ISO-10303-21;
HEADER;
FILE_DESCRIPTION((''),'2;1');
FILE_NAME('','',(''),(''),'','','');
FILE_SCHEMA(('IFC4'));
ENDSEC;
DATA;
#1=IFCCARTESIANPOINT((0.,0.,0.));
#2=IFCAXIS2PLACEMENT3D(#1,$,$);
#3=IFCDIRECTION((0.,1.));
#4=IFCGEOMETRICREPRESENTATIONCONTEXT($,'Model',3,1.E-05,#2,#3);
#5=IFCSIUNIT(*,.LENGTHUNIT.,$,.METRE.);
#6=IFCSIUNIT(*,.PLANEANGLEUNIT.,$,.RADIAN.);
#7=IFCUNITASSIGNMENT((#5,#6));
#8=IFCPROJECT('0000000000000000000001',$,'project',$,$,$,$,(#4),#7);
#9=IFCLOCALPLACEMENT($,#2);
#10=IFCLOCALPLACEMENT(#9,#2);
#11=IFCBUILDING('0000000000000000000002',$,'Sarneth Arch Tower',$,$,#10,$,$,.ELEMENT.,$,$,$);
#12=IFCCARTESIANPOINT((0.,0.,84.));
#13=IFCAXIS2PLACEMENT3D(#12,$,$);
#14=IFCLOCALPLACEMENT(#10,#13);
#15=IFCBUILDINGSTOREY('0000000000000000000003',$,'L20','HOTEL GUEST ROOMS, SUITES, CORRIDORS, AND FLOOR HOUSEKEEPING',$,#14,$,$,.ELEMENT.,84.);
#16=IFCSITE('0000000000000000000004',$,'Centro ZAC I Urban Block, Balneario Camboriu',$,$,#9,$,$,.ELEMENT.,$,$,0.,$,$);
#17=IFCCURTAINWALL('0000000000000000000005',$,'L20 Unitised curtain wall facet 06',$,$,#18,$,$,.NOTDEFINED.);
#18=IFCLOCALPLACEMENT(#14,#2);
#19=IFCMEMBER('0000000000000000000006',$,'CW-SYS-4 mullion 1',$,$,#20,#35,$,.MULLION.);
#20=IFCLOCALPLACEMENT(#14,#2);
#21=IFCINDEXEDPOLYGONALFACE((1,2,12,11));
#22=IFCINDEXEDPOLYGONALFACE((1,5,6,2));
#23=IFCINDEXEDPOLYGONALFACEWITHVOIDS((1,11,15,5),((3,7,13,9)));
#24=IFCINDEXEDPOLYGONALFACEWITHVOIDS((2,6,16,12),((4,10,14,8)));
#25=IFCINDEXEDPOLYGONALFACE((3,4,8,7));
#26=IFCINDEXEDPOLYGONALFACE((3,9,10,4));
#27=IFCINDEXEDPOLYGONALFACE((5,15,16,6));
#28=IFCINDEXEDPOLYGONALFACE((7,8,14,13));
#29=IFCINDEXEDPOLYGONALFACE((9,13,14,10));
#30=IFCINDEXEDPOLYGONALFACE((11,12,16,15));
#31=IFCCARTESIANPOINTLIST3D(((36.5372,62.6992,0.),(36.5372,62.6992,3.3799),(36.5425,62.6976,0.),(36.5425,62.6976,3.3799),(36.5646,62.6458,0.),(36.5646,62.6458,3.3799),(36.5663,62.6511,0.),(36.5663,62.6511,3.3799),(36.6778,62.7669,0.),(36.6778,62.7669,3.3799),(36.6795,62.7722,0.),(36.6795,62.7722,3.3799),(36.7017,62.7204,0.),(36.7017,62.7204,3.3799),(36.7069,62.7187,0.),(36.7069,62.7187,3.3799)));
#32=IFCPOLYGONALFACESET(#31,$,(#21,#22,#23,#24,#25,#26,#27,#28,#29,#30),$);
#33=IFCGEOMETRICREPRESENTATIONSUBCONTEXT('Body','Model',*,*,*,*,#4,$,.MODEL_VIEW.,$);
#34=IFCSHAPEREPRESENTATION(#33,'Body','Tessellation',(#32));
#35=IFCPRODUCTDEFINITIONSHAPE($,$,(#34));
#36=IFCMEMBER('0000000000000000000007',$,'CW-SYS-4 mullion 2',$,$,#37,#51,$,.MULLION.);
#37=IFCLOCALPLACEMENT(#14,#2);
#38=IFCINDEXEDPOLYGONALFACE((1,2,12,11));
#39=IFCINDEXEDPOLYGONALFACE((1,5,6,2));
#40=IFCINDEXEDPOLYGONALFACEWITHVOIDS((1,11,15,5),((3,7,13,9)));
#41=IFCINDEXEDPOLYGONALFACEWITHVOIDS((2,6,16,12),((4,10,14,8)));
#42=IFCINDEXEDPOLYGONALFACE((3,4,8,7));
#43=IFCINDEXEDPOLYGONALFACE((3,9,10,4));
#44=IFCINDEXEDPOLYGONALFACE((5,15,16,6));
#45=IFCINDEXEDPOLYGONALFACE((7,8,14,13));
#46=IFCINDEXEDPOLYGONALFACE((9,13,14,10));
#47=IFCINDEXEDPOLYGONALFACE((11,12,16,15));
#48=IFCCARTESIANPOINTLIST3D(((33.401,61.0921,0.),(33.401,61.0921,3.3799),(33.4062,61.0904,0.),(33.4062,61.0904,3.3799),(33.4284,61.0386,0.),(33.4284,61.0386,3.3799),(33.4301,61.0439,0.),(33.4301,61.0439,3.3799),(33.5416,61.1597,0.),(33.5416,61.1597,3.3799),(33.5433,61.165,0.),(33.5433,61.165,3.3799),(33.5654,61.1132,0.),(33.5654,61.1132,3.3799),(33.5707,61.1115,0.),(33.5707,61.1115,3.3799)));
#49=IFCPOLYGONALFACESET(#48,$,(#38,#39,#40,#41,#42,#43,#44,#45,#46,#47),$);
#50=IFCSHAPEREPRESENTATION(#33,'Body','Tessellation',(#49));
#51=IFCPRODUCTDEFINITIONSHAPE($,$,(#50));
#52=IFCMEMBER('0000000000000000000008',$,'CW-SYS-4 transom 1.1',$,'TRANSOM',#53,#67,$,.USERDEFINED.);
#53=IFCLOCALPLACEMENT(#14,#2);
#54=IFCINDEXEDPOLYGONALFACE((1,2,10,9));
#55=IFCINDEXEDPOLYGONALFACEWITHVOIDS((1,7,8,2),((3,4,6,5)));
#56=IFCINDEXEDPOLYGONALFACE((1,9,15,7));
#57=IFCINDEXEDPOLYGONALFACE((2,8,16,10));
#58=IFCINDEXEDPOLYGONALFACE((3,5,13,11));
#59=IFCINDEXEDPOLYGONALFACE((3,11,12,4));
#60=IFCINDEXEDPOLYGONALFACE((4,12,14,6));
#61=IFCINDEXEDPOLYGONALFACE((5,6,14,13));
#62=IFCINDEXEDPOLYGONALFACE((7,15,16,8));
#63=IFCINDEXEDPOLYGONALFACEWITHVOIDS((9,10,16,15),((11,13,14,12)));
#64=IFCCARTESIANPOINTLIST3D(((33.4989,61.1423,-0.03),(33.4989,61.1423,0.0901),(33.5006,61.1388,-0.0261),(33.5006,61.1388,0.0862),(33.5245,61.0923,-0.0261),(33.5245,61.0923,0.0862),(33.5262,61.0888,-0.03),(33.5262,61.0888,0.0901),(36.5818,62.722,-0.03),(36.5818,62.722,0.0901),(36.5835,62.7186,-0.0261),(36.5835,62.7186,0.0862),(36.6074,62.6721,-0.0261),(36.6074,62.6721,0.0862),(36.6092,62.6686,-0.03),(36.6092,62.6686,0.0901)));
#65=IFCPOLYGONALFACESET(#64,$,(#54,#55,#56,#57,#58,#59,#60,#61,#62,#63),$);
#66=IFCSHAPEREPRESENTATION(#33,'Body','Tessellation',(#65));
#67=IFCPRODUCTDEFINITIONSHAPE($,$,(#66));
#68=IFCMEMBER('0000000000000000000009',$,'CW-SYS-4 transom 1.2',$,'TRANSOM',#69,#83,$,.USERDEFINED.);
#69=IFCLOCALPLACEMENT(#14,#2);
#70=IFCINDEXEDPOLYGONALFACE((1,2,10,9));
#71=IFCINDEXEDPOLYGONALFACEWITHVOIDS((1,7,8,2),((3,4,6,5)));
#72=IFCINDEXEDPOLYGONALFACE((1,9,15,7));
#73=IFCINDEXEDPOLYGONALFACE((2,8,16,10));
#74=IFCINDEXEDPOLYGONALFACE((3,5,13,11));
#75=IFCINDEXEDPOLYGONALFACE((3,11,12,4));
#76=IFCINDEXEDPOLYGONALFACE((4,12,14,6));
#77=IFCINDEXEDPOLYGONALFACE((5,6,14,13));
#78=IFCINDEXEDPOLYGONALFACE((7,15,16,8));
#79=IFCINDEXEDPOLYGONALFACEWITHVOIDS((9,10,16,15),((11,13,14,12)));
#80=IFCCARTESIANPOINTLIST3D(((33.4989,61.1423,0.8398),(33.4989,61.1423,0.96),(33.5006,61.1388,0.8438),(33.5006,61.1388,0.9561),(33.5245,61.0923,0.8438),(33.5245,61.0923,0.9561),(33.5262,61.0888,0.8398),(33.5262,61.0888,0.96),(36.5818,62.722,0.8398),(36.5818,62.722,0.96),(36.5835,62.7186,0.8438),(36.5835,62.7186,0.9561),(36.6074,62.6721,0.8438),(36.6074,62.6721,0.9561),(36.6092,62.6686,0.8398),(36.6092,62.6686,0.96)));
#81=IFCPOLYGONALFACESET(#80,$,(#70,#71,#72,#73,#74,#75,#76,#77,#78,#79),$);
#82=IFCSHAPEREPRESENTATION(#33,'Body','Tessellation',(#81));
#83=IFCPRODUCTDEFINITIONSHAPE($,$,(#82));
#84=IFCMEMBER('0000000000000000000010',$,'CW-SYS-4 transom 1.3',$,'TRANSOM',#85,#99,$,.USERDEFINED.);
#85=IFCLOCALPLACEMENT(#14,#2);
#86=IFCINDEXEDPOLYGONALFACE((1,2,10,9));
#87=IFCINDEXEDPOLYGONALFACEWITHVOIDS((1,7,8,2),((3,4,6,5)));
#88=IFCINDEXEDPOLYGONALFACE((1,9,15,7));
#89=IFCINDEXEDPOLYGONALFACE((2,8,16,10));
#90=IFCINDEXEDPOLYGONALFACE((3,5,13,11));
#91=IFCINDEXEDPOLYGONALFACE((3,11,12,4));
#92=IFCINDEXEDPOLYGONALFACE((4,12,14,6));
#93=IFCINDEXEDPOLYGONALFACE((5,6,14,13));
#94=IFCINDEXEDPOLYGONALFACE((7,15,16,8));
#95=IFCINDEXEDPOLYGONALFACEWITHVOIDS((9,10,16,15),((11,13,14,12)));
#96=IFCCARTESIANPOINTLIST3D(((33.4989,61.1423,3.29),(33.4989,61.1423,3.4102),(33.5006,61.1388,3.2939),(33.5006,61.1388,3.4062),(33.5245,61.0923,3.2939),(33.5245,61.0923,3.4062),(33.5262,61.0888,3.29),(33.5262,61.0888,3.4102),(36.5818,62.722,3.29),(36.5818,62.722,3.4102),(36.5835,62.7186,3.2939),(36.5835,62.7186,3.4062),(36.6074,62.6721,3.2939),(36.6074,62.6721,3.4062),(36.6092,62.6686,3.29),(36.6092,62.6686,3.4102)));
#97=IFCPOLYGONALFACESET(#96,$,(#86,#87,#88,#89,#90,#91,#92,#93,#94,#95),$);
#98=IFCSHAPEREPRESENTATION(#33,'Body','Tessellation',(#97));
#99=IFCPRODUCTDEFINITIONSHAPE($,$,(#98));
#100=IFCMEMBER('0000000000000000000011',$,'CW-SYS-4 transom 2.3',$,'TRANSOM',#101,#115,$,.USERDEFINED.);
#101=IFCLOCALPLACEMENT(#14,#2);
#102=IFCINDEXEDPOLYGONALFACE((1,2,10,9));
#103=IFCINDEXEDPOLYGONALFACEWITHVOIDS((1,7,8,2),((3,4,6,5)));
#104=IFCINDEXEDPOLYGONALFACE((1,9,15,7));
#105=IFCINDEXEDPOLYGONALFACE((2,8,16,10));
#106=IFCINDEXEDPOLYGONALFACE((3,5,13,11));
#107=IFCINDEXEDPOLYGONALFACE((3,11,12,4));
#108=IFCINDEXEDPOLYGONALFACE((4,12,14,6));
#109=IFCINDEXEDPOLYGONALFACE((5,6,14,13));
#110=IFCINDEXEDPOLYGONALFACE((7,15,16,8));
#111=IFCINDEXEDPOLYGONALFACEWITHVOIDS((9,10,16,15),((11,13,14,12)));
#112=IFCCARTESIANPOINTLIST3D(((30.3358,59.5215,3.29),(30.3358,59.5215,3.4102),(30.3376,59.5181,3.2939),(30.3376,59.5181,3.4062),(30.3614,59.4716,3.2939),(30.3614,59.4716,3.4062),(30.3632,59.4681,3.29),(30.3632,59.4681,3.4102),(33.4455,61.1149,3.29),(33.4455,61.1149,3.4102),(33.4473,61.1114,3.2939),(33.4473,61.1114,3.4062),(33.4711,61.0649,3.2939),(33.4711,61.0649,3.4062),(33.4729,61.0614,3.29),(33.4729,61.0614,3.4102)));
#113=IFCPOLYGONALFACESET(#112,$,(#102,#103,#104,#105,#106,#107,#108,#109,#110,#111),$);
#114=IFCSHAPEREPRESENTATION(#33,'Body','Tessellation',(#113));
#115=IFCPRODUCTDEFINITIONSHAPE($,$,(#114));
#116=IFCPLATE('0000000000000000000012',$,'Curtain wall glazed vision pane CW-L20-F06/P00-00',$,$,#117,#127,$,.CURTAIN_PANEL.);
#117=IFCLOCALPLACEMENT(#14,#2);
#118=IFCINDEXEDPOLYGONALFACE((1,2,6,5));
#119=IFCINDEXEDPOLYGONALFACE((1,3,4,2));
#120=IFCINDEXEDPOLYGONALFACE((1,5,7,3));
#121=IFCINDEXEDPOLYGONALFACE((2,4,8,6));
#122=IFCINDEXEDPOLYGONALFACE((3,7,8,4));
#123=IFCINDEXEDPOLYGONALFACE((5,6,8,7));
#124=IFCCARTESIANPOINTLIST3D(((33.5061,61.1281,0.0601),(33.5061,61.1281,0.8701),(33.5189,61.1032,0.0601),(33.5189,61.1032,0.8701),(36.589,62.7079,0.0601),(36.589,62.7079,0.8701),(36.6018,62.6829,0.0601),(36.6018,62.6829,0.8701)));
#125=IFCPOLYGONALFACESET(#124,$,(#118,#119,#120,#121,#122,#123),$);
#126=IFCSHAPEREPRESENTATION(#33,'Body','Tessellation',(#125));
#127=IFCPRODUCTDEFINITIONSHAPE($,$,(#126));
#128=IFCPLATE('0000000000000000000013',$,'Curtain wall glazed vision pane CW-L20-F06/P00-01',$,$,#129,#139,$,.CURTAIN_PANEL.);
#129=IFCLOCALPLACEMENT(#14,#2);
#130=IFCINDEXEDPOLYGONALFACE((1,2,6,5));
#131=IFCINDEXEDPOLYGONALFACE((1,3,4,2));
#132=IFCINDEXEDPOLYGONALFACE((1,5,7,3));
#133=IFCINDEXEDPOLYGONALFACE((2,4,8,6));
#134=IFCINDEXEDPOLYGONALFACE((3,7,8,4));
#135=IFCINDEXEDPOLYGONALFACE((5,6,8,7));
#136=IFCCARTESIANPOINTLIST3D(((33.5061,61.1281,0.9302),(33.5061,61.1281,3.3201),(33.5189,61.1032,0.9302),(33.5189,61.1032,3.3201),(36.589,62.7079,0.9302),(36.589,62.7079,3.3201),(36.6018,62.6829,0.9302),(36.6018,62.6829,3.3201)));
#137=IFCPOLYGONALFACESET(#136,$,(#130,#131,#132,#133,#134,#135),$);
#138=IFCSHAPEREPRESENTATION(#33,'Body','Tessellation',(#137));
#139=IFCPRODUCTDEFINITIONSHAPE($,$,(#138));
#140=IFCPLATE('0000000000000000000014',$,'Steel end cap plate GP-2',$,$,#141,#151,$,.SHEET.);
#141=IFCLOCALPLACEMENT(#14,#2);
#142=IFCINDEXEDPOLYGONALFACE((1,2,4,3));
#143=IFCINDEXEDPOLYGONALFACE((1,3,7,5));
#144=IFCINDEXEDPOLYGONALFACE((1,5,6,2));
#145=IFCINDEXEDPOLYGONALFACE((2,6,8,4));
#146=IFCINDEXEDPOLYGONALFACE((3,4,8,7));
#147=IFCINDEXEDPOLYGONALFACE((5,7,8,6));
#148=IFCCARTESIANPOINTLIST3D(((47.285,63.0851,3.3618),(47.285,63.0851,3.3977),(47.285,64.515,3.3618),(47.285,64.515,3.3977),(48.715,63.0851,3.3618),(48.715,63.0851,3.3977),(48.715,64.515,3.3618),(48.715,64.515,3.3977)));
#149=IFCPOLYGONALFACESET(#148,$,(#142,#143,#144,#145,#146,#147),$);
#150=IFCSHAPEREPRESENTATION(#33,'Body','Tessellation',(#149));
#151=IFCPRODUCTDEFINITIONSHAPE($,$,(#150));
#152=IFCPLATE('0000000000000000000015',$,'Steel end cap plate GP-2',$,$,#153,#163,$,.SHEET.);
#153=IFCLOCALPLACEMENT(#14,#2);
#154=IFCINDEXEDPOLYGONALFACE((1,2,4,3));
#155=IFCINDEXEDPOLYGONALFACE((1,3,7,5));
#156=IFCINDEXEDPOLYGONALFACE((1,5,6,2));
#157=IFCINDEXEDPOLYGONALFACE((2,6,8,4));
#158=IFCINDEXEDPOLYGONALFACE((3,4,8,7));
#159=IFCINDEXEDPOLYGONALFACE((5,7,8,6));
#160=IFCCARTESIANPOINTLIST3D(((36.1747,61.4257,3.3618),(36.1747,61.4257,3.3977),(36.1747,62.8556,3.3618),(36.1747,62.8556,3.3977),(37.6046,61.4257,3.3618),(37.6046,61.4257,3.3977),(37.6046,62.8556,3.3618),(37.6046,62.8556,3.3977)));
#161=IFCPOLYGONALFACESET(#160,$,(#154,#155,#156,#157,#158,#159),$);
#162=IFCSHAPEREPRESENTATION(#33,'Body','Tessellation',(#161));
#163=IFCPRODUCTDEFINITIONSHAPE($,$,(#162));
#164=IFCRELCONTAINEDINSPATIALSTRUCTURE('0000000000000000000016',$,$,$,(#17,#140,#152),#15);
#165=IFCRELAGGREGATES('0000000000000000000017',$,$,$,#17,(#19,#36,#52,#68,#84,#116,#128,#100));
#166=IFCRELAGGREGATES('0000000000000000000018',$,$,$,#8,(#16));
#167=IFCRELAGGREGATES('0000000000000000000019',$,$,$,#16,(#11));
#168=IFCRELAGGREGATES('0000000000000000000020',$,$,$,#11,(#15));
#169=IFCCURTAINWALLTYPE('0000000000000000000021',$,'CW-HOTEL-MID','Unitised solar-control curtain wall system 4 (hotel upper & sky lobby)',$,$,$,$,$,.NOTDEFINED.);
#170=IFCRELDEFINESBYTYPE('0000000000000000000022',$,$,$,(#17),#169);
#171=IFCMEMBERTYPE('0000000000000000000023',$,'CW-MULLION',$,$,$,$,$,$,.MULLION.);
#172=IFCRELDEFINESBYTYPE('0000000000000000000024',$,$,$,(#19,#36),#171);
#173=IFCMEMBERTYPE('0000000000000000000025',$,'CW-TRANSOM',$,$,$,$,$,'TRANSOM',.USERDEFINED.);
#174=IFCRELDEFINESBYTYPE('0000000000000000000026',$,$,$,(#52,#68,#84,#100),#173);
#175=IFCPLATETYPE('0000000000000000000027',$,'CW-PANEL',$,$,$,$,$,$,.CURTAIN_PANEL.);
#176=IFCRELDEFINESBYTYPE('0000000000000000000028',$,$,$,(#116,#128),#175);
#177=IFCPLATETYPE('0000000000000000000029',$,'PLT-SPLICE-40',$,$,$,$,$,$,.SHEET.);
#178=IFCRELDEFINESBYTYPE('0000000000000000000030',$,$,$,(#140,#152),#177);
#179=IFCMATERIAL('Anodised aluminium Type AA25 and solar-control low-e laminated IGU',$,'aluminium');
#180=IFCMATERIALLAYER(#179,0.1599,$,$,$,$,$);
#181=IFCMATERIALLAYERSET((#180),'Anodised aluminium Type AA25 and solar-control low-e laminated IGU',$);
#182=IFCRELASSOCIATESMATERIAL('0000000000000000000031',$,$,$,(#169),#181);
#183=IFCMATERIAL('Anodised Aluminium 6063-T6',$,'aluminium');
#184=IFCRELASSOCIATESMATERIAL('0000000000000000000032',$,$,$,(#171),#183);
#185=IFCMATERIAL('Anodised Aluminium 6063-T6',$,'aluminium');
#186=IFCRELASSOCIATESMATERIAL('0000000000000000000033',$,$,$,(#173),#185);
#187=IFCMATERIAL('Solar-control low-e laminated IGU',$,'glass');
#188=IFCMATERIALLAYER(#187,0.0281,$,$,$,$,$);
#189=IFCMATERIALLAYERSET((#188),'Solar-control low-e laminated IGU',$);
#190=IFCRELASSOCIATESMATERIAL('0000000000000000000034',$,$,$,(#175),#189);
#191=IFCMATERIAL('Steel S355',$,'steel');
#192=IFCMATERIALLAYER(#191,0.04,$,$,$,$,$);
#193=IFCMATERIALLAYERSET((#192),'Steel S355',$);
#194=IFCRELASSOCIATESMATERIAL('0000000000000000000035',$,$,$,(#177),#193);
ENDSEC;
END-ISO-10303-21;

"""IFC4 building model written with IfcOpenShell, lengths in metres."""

from ifc_helpers import new_model, si_unit, direction, frame, origin, origin_2d, place, context, subcontext, project, spatial, rectangle, hollow_rectangle, extrude, material, layer, layer_set, material_profile, profile_set, type_object, element, aggregate, save


model = new_model("IFC4")

# Units and contexts
model_context = context("Model", 3, precision=1e-05, world=origin(), true_north=direction((0.0, 1.0)))
body_context = subcontext(model_context, "Body", "Model", "MODEL_VIEW")
ifc_project = project(units=[si_unit("LENGTHUNIT", "METRE"), si_unit("PLANEANGLEUNIT", "RADIAN")], contexts=[model_context])

# Site, building, storey
site_placement = place(None, origin())
site = spatial("IfcSite", under=ifc_project, at=site_placement, Name="Centro ZAC I Urban Block, Balneario Camboriu", CompositionType="ELEMENT", RefElevation=0.0)
building_placement = place(site_placement, origin())
building = spatial("IfcBuilding", under=site, at=building_placement, Name="Sarneth Arch Tower", CompositionType="ELEMENT")
storey_placement = place(building_placement, frame((0.0, 0.0, 84.0)))
storey = spatial("IfcBuildingStorey", under=building, at=storey_placement, Name="L20", Description="HOTEL GUEST ROOMS, SUITES, CORRIDORS, AND FLOOR HOUSEKEEPING", CompositionType="ELEMENT", Elevation=84.0)

# Curtain wall, members, plates
ifc_material_1 = material(Name="Anodised aluminium Type AA25 and solar-control low-e laminated IGU", Category="aluminium")
ifc_layer_1 = layer(ifc_material_1, 0.1599)
ifc_layer_set_1 = layer_set([ifc_layer_1], Name="Anodised aluminium Type AA25 and solar-control low-e laminated IGU")
curtain_wall_type = type_object("IfcCurtainWallType", Name="CW-HOTEL-MID", Description="Unitised solar-control curtain wall system 4 (hotel upper & sky lobby)", PredefinedType="NOTDEFINED", material=ifc_layer_set_1)
curtain_wall_placement = place(storey_placement, origin())
curtain_wall = element("IfcCurtainWall", 1, at=curtain_wall_placement, inside=storey, type_object=curtain_wall_type, Name="L20 Unitised curtain wall facet 06", PredefinedType="NOTDEFINED")
ifc_material_2 = material(Name="Anodised Aluminium 6063-T6", Category="aluminium")
ifc_material_profile_1 = material_profile(ifc_material_2, hollow_rectangle(XDim=0.0601, YDim=0.1599, WallThickness=0.0039, at=origin_2d()), Name="AL-MULL-160x60x4")
ifc_profile_set_1 = profile_set([ifc_material_profile_1], Name="Anodised Aluminium 6063-T6")
member_type_1 = type_object("IfcMemberType", Name="CW-MULLION", PredefinedType="MULLION", material=ifc_profile_set_1)
member_1_placement = place(storey_placement, frame((36.6221, 62.709, 0.0), z_axis=(0.0, 0.0, 1.0), x_axis=(0.456031, -0.889964, 0.0)))
member_1 = element("IfcMember", 2, at=member_1_placement, type_object=member_type_1, Name="CW-SYS-4 mullion 1", PredefinedType="MULLION", context=body_context, shape_type="SweptSolid", body=[
    extrude(hollow_rectangle(XDim=0.0601, YDim=0.1599, WallThickness=0.0039, at=origin_2d()), origin(), (0.0, 0.0, 1.0), 3.3799),
])
member_2_placement = place(storey_placement, frame((33.4858, 61.1018, 0.0), z_axis=(0.0, 0.0, 1.0), x_axis=(0.456031, -0.889964, 0.0)))
member_2 = element("IfcMember", 3, at=member_2_placement, type_object=member_type_1, Name="CW-SYS-4 mullion 2", PredefinedType="MULLION", context=body_context, shape_type="SweptSolid", body=[
    extrude(hollow_rectangle(XDim=0.0601, YDim=0.1599, WallThickness=0.0039, at=origin_2d()), origin(), (0.0, 0.0, 1.0), 3.3799),
])
ifc_material_3 = material(Name="Anodised Aluminium 6063-T6", Category="aluminium")
ifc_material_profile_2 = material_profile(ifc_material_3, hollow_rectangle(XDim=0.0601, YDim=0.1201, WallThickness=0.0039, at=origin_2d()), Name="AL-TRAN-120x60x4")
ifc_profile_set_2 = profile_set([ifc_material_profile_2], Name="Anodised Aluminium 6063-T6")
member_type_2 = type_object("IfcMemberType", Name="CW-TRANSOM", ElementType="TRANSOM", PredefinedType="USERDEFINED", material=ifc_profile_set_2)
member_3_placement = place(storey_placement, frame((36.5955, 62.6953, 0.03), z_axis=(-0.889958, -0.456043, 0.0), x_axis=(0.456043, -0.889958, 0.0)))
member_3 = element("IfcMember", 4, at=member_3_placement, type_object=member_type_2, Name="CW-SYS-4 transom 1.1", ObjectType="TRANSOM", PredefinedType="USERDEFINED", context=body_context, shape_type="SweptSolid", body=[
    extrude(hollow_rectangle(XDim=0.0601, YDim=0.1201, WallThickness=0.0039, at=origin_2d()), origin(), (0.0, 0.0, 1.0), 3.4641),
])
member_4_placement = place(storey_placement, frame((36.5955, 62.6953, 0.8999), z_axis=(-0.889958, -0.456043, 0.0), x_axis=(0.456043, -0.889958, 0.0)))
member_4 = element("IfcMember", 5, at=member_4_placement, type_object=member_type_2, Name="CW-SYS-4 transom 1.2", ObjectType="TRANSOM", PredefinedType="USERDEFINED", context=body_context, shape_type="SweptSolid", body=[
    extrude(hollow_rectangle(XDim=0.0601, YDim=0.1201, WallThickness=0.0039, at=origin_2d()), origin(), (0.0, 0.0, 1.0), 3.4641),
])
member_5_placement = place(storey_placement, frame((36.5955, 62.6953, 3.3501), z_axis=(-0.889958, -0.456043, 0.0), x_axis=(0.456043, -0.889958, 0.0)))
member_5 = element("IfcMember", 6, at=member_5_placement, type_object=member_type_2, Name="CW-SYS-4 transom 1.3", ObjectType="TRANSOM", PredefinedType="USERDEFINED", context=body_context, shape_type="SweptSolid", body=[
    extrude(hollow_rectangle(XDim=0.0601, YDim=0.1201, WallThickness=0.0039, at=origin_2d()), origin(), (0.0, 0.0, 1.0), 3.4641),
])
member_6_placement = place(storey_placement, frame((33.4592, 61.0881, 3.3501), z_axis=(-0.889982, -0.455996, 0.0), x_axis=(0.455996, -0.889982, 0.0)))
member_6 = element("IfcMember", 7, at=member_6_placement, type_object=member_type_2, Name="CW-SYS-4 transom 2.3", ObjectType="TRANSOM", PredefinedType="USERDEFINED", context=body_context, shape_type="SweptSolid", body=[
    extrude(hollow_rectangle(XDim=0.0601, YDim=0.1201, WallThickness=0.0039, at=origin_2d()), origin(), (0.0, 0.0, 1.0), 3.4941),
])
ifc_material_4 = material(Name="Solar-control low-e laminated IGU", Category="glass")
ifc_layer_2 = layer(ifc_material_4, 0.0281)
ifc_layer_set_2 = layer_set([ifc_layer_2], Name="Solar-control low-e laminated IGU")
plate_type_1 = type_object("IfcPlateType", Name="CW-PANEL", PredefinedType="CURTAIN_PANEL", material=ifc_layer_set_2)
plate_1_placement = place(storey_placement, frame((35.054, 61.9055, 0.0601), z_axis=(0.0, 0.0, 1.0), x_axis=(-0.889964, -0.456031, 0.0)))
plate_1 = element("IfcPlate", 8, at=plate_1_placement, type_object=plate_type_1, Name="Curtain wall glazed vision pane CW-L20-F06/P00-00", PredefinedType="CURTAIN_PANEL", context=body_context, shape_type="SweptSolid", body=[
    extrude(rectangle(XDim=3.4641, YDim=0.0281, at=origin_2d()), origin(), (0.0, 0.0, 1.0), 0.8101),
])
plate_2_placement = place(storey_placement, frame((35.054, 61.9055, 0.9302), z_axis=(0.0, 0.0, 1.0), x_axis=(-0.889964, -0.456031, 0.0)))
plate_2 = element("IfcPlate", 9, at=plate_2_placement, type_object=plate_type_1, Name="Curtain wall glazed vision pane CW-L20-F06/P00-01", PredefinedType="CURTAIN_PANEL", context=body_context, shape_type="SweptSolid", body=[
    extrude(rectangle(XDim=3.4641, YDim=0.0281, at=origin_2d()), origin(), (0.0, 0.0, 1.0), 2.3899),
])
aggregate(curtain_wall, [member_1, member_2, member_3, member_4, member_5, plate_1, plate_2, member_6])

# Plates
ifc_material_5 = material(Name="Steel S355", Category="steel")
ifc_layer_3 = layer(ifc_material_5, 0.04)
ifc_layer_set_3 = layer_set([ifc_layer_3], Name="Steel S355")
plate_type_2 = type_object("IfcPlateType", Name="PLT-SPLICE-40", PredefinedType="SHEET", material=ifc_layer_set_3)
for number, where, z_axis, x_axis, name in (
    (10, (48.0, 63.8, 3.3618), (0.0, 0.0, 1.0), (1.0, 0.0, 0.0), "Steel end cap plate GP-2"),
    (11, (36.8896, 62.1406, 3.3618), (0.0, 0.0, 1.0), (1.0, 0.0, 0.0), "Steel end cap plate GP-2"),
):
    element("IfcPlate", number, at=place(storey_placement, frame(where, z_axis=z_axis, x_axis=x_axis)), inside=storey, type_object=plate_type_2, Name=name, PredefinedType="SHEET", context=body_context, shape_type="SweptSolid", body=[
        extrude(rectangle(XDim=1.4299, YDim=1.4299, at=origin_2d()), origin(), (0.0, 0.0, 1.0), 0.0359),
    ])

save(model, "model.ifc")
